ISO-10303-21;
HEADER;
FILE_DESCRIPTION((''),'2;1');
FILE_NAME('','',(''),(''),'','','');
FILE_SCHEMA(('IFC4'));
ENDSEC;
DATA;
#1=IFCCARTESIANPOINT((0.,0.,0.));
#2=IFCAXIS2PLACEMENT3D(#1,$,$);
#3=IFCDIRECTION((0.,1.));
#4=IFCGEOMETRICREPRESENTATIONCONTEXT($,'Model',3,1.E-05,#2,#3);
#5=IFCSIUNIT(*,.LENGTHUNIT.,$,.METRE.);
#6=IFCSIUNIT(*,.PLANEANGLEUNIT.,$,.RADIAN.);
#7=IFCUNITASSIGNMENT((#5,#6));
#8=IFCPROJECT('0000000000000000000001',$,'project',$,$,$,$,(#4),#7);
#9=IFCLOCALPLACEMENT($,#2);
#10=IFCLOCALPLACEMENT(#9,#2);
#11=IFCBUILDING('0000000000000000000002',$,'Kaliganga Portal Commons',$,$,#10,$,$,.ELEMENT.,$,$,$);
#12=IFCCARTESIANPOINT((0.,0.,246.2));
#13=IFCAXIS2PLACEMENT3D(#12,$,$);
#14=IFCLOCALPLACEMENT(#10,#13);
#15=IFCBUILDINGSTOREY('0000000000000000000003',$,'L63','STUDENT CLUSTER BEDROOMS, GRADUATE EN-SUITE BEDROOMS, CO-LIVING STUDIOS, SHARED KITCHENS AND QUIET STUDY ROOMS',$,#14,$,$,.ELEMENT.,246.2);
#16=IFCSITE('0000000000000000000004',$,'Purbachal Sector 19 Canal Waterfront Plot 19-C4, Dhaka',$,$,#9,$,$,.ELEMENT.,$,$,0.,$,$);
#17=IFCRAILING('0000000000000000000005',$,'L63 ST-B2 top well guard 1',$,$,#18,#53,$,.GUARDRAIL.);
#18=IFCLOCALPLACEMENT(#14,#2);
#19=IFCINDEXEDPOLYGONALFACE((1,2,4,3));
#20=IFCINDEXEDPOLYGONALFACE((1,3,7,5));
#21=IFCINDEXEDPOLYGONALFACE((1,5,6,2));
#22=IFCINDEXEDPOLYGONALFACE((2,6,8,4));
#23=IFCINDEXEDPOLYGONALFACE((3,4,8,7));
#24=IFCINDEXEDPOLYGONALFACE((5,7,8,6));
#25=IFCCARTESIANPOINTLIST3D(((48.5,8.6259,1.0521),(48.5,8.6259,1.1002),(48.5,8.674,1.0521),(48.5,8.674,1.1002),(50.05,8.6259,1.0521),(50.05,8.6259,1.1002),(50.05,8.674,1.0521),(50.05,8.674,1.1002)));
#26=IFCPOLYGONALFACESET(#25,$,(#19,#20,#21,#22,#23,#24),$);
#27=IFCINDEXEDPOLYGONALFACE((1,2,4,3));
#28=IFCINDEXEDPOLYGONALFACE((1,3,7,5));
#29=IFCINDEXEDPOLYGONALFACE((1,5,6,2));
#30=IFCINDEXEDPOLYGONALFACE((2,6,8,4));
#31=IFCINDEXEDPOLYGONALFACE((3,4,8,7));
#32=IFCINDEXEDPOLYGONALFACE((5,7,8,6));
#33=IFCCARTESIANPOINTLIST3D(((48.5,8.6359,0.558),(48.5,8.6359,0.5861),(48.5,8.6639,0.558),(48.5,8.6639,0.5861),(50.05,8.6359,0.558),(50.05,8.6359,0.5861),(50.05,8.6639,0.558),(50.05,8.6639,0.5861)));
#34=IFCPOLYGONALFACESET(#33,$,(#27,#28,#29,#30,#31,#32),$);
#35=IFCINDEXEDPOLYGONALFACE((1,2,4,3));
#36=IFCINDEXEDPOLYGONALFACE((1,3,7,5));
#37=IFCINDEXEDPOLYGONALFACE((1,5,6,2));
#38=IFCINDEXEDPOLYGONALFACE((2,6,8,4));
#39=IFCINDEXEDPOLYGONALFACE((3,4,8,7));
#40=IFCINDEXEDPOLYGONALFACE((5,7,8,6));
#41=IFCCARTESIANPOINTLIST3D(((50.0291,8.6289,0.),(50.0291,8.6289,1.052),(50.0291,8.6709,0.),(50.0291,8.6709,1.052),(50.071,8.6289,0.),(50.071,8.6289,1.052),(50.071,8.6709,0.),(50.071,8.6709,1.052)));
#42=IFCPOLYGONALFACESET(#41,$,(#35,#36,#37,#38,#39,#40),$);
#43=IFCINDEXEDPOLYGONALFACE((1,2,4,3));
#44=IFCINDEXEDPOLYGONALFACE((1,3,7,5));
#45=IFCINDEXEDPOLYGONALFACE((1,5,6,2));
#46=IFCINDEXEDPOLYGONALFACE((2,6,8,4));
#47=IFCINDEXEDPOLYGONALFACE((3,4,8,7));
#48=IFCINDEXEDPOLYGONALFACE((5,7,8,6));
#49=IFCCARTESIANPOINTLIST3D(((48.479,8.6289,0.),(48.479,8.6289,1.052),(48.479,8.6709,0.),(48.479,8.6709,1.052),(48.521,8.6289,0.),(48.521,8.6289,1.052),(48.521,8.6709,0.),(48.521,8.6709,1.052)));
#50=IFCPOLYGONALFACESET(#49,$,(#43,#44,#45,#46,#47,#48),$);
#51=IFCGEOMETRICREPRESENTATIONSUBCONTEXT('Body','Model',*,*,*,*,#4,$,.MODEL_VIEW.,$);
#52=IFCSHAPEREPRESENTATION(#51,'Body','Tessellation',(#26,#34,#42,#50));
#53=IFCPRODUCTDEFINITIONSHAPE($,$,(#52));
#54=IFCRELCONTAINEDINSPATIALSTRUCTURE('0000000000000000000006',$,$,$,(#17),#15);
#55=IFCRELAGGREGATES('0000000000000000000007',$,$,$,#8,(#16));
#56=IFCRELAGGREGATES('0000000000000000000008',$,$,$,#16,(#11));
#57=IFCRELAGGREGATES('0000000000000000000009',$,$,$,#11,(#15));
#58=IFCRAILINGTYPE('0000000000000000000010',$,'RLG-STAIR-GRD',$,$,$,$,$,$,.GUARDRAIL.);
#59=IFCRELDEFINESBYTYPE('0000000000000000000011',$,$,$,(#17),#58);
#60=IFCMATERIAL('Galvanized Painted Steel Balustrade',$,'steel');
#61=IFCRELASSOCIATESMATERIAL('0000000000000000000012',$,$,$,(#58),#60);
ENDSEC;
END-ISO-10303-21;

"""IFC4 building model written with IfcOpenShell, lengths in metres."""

from ifc_helpers import new_model, si_unit, direction, frame, origin, origin_2d, place, context, subcontext, project, spatial, rectangle, extrude, material, type_object, element, save


model = new_model("IFC4")

# Units and contexts
model_context = context("Model", 3, precision=1e-05, world=origin(), true_north=direction((0.0, 1.0)))
body_context = subcontext(model_context, "Body", "Model", "MODEL_VIEW")
ifc_project = project(units=[si_unit("LENGTHUNIT", "METRE"), si_unit("PLANEANGLEUNIT", "RADIAN")], contexts=[model_context])

# Site, building, storey
site_placement = place(None, origin())
site = spatial("IfcSite", under=ifc_project, at=site_placement, Name="Purbachal Sector 19 Canal Waterfront Plot 19-C4, Dhaka", CompositionType="ELEMENT", RefElevation=0.0)
building_placement = place(site_placement, origin())
building = spatial("IfcBuilding", under=site, at=building_placement, Name="Kaliganga Portal Commons", CompositionType="ELEMENT")
storey_placement = place(building_placement, frame((0.0, 0.0, 246.2)))
storey = spatial("IfcBuildingStorey", under=building, at=storey_placement, Name="L63", Description="STUDENT CLUSTER BEDROOMS, GRADUATE EN-SUITE BEDROOMS, CO-LIVING STUDIOS, SHARED KITCHENS AND QUIET STUDY ROOMS", CompositionType="ELEMENT", Elevation=246.2)

# Railing
ifc_material_1 = material(Name="Galvanized Painted Steel Balustrade", Category="steel")
railing_type = type_object("IfcRailingType", Name="RLG-STAIR-GRD", PredefinedType="GUARDRAIL", material=ifc_material_1)
railing_placement = place(storey_placement, frame((50.05, 8.6499, 0.0)))
element("IfcRailing", 1, at=railing_placement, inside=storey, type_object=railing_type, Name="L63 ST-B2 top well guard 1", PredefinedType="GUARDRAIL", context=body_context, shape_type="SweptSolid", body=[
    extrude(rectangle(XDim=0.0481, YDim=0.0481, at=origin_2d()), frame((0.0, 0.0, 1.0762), z_axis=(-1.0, 0.0, 0.0), x_axis=(0.0, -1.0, 0.0)), (0.0, 0.0, 1.0), 1.55),
    extrude(rectangle(XDim=0.0281, YDim=0.0281, at=origin_2d()), frame((0.0, 0.0, 0.572), z_axis=(-1.0, 0.0, 0.0), x_axis=(0.0, -1.0, 0.0)), (0.0, 0.0, 1.0), 1.55),
    extrude(rectangle(XDim=0.042, YDim=0.042, at=origin_2d()), origin(), (0.0, 0.0, 1.0), 1.052),
    extrude(rectangle(XDim=0.042, YDim=0.042, at=origin_2d()), frame((-1.55, 0.0, 0.0)), (0.0, 0.0, 1.0), 1.052),
])

save(model, "model.ifc")
